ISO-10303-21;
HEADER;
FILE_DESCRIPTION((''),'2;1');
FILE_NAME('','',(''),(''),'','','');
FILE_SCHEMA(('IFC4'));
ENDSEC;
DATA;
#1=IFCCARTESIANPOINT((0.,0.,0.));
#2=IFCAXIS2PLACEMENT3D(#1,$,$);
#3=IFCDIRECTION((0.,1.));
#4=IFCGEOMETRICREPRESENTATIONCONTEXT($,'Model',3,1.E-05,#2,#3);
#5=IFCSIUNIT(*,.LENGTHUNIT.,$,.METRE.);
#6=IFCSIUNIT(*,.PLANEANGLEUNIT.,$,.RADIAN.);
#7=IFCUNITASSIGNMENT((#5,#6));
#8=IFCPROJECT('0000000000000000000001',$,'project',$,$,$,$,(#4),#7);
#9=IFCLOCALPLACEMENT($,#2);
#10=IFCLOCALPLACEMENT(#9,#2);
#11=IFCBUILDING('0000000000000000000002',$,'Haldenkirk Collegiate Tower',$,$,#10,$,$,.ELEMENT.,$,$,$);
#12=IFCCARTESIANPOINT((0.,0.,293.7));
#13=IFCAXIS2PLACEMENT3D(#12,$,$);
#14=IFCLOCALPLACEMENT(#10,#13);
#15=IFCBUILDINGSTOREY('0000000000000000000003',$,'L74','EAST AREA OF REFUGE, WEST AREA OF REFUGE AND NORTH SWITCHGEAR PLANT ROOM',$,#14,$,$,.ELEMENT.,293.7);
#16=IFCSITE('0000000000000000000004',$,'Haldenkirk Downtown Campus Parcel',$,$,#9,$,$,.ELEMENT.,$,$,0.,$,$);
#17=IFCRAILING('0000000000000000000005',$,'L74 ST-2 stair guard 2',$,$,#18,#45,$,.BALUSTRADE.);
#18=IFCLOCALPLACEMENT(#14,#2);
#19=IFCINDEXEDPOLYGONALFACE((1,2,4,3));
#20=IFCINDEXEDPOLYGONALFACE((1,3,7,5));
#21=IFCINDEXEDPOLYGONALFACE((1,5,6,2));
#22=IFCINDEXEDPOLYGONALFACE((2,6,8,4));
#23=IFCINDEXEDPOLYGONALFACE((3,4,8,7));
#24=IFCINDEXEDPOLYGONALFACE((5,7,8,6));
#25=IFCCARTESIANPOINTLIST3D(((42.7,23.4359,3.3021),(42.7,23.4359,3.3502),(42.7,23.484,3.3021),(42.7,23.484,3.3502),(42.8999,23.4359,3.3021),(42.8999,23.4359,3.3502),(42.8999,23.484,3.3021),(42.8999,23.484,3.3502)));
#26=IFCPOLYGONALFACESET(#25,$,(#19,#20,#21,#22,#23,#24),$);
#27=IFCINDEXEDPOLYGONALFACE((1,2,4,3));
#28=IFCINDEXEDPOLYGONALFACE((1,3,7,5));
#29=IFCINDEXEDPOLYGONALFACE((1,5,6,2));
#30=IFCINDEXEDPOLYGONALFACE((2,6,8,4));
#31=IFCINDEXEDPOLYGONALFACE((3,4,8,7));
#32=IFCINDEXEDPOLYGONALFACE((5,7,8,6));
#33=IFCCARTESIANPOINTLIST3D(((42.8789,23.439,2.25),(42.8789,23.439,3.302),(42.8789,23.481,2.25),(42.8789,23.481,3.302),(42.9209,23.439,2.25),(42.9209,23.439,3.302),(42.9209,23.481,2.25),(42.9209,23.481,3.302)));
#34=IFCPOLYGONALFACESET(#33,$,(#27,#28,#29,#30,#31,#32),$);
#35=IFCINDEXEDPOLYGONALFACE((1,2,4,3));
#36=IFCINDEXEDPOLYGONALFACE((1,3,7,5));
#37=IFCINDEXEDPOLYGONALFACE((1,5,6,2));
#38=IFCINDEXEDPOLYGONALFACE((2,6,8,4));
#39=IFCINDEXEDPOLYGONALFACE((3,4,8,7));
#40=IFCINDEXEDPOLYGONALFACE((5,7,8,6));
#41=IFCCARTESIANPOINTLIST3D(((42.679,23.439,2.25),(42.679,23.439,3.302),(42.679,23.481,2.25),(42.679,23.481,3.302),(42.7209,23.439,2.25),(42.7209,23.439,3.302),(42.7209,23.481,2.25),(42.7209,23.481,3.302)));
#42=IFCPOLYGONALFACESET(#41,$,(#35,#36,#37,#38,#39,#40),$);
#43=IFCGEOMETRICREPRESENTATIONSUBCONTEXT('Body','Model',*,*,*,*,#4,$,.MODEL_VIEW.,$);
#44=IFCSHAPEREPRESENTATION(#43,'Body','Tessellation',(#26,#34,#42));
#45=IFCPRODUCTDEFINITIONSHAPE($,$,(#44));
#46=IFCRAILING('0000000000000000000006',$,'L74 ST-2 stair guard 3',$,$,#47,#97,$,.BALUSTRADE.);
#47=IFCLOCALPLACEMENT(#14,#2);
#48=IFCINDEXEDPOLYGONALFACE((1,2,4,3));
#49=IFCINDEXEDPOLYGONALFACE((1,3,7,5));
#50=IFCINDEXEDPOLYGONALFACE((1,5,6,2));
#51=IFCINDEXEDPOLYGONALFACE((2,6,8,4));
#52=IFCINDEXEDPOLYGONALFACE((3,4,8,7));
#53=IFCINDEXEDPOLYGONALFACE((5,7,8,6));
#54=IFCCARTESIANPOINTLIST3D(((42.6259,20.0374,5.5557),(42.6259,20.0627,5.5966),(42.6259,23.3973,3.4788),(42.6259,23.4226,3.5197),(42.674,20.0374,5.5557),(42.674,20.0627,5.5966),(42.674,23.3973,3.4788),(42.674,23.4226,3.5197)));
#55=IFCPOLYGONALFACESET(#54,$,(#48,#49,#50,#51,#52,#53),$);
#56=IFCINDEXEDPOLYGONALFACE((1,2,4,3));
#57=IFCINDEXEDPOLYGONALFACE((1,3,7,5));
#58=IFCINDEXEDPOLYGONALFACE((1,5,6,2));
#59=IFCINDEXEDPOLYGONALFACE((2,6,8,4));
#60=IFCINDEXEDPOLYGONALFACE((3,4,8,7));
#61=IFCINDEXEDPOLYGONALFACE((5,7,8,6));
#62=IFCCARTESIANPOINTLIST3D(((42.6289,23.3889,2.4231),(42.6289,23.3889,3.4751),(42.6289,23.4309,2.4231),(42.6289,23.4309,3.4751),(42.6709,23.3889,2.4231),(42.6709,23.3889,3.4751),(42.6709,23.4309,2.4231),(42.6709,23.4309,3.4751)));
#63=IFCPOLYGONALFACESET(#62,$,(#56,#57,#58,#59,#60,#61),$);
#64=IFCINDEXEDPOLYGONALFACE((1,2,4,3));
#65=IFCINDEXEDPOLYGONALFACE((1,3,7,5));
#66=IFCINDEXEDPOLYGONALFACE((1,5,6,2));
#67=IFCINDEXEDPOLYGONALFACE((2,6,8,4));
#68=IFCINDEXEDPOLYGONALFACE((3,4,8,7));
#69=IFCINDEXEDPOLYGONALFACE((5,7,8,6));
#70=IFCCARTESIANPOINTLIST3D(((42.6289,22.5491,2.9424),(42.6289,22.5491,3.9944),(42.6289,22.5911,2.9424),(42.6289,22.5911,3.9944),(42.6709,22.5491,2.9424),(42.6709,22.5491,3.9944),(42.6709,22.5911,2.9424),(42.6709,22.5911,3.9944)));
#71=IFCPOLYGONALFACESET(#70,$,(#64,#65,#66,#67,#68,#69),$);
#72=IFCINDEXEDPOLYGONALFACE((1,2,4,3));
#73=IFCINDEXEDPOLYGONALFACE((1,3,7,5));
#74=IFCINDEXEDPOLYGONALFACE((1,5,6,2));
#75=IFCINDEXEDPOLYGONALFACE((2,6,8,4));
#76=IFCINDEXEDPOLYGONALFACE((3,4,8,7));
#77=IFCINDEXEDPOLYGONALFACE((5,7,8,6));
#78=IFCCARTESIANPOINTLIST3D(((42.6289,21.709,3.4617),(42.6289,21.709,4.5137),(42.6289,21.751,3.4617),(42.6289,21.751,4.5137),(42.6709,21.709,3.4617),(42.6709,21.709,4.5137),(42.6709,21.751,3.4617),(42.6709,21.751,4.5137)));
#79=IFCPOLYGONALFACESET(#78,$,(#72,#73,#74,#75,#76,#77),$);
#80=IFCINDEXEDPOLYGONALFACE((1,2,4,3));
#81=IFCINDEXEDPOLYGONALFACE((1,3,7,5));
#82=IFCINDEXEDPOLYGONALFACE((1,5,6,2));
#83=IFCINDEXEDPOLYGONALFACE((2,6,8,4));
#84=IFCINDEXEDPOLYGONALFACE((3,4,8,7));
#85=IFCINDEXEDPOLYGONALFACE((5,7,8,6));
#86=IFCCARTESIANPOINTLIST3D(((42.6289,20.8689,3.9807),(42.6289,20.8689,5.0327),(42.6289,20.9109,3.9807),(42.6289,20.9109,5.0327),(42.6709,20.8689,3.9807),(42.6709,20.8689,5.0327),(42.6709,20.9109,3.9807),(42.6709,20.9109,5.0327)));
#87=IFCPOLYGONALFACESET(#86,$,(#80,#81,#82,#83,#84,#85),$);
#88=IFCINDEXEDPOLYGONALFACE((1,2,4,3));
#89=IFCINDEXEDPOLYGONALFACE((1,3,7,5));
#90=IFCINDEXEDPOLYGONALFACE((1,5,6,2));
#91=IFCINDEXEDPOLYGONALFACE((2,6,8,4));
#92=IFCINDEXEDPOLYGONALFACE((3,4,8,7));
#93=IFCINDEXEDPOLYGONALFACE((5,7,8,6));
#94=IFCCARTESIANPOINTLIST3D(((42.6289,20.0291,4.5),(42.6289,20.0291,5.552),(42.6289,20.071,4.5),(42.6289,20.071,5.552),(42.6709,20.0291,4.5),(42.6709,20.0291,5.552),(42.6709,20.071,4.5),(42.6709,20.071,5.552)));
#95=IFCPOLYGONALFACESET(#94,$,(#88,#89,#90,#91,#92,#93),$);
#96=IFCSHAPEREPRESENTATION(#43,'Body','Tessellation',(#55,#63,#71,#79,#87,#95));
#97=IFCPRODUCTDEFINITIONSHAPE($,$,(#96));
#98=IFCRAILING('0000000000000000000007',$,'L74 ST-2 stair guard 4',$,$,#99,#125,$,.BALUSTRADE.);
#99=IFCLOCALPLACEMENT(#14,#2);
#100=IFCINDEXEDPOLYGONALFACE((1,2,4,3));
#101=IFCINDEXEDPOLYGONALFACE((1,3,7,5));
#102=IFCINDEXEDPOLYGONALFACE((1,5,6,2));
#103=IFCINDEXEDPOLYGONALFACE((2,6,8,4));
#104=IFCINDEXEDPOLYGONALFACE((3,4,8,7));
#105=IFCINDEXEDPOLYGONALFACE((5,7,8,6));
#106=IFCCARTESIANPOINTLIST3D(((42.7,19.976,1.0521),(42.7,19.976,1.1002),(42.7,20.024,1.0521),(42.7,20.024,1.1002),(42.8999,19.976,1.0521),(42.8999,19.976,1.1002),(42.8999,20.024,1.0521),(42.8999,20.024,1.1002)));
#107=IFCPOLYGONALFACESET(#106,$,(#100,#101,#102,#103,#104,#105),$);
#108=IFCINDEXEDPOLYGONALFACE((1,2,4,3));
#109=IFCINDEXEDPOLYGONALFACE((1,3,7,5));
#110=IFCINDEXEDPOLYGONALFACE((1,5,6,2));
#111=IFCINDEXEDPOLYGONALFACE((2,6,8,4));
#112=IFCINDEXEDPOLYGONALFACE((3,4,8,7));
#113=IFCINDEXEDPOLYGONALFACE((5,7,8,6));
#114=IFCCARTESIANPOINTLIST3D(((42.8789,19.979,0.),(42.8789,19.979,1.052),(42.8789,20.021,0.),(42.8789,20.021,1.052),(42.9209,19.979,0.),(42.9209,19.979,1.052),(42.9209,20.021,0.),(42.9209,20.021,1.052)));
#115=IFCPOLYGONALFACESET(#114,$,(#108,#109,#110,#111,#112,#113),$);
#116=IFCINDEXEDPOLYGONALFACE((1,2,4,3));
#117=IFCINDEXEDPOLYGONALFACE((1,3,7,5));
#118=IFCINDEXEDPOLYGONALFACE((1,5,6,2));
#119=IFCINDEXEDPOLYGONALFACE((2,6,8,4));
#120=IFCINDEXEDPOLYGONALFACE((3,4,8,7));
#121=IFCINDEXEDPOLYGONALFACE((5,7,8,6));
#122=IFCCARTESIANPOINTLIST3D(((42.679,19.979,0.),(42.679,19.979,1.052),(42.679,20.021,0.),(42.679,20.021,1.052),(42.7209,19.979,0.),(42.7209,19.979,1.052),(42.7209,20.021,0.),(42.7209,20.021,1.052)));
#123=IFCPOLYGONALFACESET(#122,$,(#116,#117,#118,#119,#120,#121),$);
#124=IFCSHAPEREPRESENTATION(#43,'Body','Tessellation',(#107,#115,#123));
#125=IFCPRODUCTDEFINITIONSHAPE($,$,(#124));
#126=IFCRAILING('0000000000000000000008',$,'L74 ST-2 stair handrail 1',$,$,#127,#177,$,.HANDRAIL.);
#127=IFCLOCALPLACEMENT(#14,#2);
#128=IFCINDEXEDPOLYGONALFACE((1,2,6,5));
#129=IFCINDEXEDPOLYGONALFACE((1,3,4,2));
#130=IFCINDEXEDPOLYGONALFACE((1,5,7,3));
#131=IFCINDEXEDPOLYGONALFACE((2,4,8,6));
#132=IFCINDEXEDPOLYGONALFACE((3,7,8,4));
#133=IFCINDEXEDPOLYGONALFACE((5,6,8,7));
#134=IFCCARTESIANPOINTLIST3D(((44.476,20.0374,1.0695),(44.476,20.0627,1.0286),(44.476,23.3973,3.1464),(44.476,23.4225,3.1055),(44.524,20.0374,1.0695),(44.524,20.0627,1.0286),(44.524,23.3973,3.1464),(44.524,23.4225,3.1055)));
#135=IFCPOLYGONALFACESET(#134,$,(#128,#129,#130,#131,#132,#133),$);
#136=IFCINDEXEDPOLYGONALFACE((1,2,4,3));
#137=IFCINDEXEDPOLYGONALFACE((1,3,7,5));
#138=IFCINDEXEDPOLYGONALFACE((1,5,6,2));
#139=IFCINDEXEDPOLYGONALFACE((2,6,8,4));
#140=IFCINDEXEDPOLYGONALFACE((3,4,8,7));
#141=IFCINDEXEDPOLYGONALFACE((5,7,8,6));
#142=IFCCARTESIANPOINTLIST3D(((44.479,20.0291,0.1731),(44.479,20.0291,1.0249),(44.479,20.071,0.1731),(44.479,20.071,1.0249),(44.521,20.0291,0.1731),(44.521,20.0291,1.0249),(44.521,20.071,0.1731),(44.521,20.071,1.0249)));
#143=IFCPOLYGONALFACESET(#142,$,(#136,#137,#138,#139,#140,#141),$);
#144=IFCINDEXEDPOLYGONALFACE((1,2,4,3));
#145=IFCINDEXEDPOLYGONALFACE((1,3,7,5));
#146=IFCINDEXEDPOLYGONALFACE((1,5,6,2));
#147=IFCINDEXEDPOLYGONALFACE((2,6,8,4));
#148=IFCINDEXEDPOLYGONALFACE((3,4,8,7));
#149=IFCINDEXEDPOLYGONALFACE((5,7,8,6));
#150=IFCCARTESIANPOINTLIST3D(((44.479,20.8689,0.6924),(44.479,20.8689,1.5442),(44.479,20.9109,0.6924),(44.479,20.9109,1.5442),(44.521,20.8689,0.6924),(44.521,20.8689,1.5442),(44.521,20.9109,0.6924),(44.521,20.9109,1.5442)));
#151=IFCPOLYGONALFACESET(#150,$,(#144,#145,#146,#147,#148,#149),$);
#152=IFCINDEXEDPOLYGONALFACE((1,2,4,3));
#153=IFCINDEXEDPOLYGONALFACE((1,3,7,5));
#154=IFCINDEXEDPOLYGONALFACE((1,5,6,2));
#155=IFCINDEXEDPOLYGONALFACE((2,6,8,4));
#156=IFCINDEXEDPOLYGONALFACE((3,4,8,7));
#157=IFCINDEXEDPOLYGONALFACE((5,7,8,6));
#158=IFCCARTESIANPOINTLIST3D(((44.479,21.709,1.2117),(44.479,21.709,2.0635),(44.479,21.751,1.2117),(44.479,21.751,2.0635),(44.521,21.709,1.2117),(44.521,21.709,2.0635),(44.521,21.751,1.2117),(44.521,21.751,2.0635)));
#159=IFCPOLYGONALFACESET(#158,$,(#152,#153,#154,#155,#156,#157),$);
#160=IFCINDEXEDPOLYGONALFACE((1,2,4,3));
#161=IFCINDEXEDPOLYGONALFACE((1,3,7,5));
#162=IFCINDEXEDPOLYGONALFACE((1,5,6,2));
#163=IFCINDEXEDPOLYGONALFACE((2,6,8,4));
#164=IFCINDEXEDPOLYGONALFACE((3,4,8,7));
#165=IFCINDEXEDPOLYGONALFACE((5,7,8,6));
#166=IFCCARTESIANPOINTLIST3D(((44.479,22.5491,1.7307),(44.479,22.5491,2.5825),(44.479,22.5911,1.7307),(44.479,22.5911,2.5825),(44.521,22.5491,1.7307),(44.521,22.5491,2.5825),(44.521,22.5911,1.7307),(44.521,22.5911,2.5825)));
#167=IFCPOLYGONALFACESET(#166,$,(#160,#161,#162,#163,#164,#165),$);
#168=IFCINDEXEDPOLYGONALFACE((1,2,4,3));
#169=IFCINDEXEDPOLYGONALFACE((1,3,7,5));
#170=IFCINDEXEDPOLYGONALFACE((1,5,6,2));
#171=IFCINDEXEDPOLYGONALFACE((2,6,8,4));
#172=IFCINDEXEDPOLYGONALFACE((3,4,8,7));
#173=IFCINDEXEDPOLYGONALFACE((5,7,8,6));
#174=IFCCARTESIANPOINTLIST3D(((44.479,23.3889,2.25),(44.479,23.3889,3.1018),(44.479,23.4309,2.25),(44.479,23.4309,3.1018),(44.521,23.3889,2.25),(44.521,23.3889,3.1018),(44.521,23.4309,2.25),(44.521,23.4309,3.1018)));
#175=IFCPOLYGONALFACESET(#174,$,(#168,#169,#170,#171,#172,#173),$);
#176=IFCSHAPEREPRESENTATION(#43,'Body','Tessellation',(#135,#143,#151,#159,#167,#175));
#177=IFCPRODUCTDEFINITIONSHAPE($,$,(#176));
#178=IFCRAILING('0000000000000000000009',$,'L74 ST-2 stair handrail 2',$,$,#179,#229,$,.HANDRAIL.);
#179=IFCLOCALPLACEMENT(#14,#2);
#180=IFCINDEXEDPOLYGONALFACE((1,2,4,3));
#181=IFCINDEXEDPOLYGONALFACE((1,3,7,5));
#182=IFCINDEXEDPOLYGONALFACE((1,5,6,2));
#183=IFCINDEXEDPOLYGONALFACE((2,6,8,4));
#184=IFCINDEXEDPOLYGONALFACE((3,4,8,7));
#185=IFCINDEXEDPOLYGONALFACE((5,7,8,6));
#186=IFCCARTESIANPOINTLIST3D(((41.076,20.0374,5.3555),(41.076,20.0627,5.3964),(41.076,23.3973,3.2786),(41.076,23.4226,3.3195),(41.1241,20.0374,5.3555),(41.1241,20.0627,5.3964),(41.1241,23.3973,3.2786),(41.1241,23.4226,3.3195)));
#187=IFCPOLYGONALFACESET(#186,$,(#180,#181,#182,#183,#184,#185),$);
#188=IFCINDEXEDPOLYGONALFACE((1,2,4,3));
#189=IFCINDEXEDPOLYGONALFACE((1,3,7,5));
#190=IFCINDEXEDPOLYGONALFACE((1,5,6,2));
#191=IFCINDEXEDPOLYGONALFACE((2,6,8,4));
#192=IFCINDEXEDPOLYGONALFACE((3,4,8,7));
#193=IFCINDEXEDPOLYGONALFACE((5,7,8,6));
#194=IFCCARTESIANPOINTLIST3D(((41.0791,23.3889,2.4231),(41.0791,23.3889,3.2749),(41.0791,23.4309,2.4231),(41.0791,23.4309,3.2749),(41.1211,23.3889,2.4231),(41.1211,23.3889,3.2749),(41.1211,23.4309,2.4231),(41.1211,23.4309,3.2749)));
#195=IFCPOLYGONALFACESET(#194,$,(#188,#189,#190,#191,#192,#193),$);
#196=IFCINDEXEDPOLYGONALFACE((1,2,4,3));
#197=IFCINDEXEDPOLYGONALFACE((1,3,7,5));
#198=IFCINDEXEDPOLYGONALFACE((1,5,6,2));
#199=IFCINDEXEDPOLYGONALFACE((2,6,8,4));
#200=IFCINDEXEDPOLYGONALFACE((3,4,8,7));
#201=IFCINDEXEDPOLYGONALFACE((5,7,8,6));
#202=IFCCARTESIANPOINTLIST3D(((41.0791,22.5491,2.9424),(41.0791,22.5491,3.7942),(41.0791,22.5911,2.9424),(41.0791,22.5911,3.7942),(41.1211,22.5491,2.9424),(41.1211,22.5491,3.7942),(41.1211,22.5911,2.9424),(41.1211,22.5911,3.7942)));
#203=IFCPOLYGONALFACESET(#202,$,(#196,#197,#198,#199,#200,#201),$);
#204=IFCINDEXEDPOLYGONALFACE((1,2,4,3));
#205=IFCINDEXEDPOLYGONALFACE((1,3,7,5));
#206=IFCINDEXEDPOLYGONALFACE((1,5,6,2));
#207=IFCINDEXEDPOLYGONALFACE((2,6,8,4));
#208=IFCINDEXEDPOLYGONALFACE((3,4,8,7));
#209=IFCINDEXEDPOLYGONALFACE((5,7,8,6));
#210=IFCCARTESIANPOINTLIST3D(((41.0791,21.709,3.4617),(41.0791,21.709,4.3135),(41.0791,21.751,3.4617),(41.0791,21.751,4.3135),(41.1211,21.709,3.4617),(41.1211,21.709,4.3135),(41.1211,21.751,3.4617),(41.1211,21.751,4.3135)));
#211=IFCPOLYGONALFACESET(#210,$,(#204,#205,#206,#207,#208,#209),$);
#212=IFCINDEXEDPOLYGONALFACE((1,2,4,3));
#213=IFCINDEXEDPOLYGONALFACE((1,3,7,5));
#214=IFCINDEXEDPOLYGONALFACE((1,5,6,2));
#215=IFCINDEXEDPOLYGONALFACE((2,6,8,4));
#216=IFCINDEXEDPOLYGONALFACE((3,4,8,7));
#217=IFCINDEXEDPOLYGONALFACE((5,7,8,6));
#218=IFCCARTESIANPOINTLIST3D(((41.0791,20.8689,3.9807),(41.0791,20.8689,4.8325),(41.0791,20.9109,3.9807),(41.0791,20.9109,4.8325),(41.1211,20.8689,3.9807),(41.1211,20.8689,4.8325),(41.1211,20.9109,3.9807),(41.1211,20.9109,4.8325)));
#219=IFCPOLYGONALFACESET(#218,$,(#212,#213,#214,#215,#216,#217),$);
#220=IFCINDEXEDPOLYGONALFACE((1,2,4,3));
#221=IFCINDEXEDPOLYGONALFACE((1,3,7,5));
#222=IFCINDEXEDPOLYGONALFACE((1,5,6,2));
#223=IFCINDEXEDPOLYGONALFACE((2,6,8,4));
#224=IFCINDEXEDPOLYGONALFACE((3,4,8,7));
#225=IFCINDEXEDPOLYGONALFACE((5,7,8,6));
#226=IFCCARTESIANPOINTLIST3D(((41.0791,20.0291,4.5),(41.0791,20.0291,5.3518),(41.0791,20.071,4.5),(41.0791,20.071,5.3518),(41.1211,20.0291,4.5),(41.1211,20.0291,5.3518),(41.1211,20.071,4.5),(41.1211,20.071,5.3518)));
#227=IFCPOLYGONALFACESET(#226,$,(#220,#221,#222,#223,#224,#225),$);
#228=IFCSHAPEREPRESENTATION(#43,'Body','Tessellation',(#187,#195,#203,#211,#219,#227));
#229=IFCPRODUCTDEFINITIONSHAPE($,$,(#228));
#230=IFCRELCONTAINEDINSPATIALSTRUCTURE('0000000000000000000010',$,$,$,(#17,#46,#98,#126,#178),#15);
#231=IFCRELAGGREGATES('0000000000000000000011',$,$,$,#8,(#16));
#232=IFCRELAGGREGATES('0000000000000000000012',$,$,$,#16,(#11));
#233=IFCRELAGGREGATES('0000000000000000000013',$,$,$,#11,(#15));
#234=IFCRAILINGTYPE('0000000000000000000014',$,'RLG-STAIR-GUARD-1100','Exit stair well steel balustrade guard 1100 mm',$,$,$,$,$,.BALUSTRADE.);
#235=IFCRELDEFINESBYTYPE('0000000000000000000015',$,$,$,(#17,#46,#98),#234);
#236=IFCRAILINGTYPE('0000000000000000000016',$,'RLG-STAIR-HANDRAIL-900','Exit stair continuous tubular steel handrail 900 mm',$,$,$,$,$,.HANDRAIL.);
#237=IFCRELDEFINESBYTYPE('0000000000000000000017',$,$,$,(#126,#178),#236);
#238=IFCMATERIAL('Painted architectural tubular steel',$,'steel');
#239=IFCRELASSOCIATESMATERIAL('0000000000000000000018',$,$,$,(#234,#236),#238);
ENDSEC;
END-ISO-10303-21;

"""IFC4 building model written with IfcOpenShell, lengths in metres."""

from ifc_helpers import new_model, si_unit, direction, frame, origin, origin_2d, place, context, subcontext, project, spatial, rectangle, extrude, material, type_object, element, save


model = new_model("IFC4")

# Units and contexts
model_context = context("Model", 3, precision=1e-05, world=origin(), true_north=direction((0.0, 1.0)))
body_context = subcontext(model_context, "Body", "Model", "MODEL_VIEW")
ifc_project = project(units=[si_unit("LENGTHUNIT", "METRE"), si_unit("PLANEANGLEUNIT", "RADIAN")], contexts=[model_context])

# Site, building, storey
site_placement = place(None, origin())
site = spatial("IfcSite", under=ifc_project, at=site_placement, Name="Haldenkirk Downtown Campus Parcel", CompositionType="ELEMENT", RefElevation=0.0)
building_placement = place(site_placement, origin())
building = spatial("IfcBuilding", under=site, at=building_placement, Name="Haldenkirk Collegiate Tower", CompositionType="ELEMENT")
storey_placement = place(building_placement, frame((0.0, 0.0, 293.7)))
storey = spatial("IfcBuildingStorey", under=building, at=storey_placement, Name="L74", Description="EAST AREA OF REFUGE, WEST AREA OF REFUGE AND NORTH SWITCHGEAR PLANT ROOM", CompositionType="ELEMENT", Elevation=293.7)

# Railings
ifc_material_1 = material(Name="Painted architectural tubular steel", Category="steel")
railing_type_1 = type_object("IfcRailingType", Name="RLG-STAIR-GUARD-1100", Description="Exit stair well steel balustrade guard 1100 mm", PredefinedType="BALUSTRADE", material=ifc_material_1)
railing_1_placement = place(storey_placement, frame((42.8999, 23.46, 2.25)))
element("IfcRailing", 1, at=railing_1_placement, inside=storey, type_object=railing_type_1, Name="L74 ST-2 stair guard 2", PredefinedType="BALUSTRADE", context=body_context, shape_type="SweptSolid", body=[
    extrude(rectangle(XDim=0.0481, YDim=0.0481, at=origin_2d()), frame((0.0, 0.0, 1.0762), z_axis=(-1.0, 0.0, 0.0), x_axis=(0.0, -1.0, 0.0)), (0.0, 0.0, 1.0), 0.2),
    extrude(rectangle(XDim=0.042, YDim=0.042, at=origin_2d()), origin(), (0.0, 0.0, 1.0), 1.052),
    extrude(rectangle(XDim=0.042, YDim=0.042, at=origin_2d()), frame((-0.2, 0.0, 0.0)), (0.0, 0.0, 1.0), 1.052),
])
railing_2_placement = place(storey_placement, frame((42.6499, 23.4099, 2.4231)))
element("IfcRailing", 2, at=railing_2_placement, inside=storey, type_object=railing_type_1, Name="L74 ST-2 stair guard 3", PredefinedType="BALUSTRADE", context=body_context, shape_type="SweptSolid", body=[
    extrude(rectangle(XDim=0.0481, YDim=0.0481, at=origin_2d()), frame((0.0, 0.0, 1.0762), z_axis=(0.0, -0.850606, 0.525803), x_axis=(1.0, 0.0, 0.0)), (0.0, 0.0, 1.0), 3.95),
    extrude(rectangle(XDim=0.042, YDim=0.042, at=origin_2d()), origin(), (0.0, 0.0, 1.0), 1.052),
    extrude(rectangle(XDim=0.042, YDim=0.042, at=origin_2d()), frame((0.0, -0.8398, 0.5193)), (0.0, 0.0, 1.0), 1.052),
    extrude(rectangle(XDim=0.042, YDim=0.042, at=origin_2d()), frame((0.0, -1.6799, 1.0386)), (0.0, 0.0, 1.0), 1.052),
    extrude(rectangle(XDim=0.042, YDim=0.042, at=origin_2d()), frame((0.0, -2.52, 1.5576)), (0.0, 0.0, 1.0), 1.052),
    extrude(rectangle(XDim=0.042, YDim=0.042, at=origin_2d()), frame((0.0, -3.3599, 2.0769)), (0.0, 0.0, 1.0), 1.052),
])
railing_3_placement = place(storey_placement, frame((42.8999, 20.0, 0.0)))
element("IfcRailing", 3, at=railing_3_placement, inside=storey, type_object=railing_type_1, Name="L74 ST-2 stair guard 4", PredefinedType="BALUSTRADE", context=body_context, shape_type="SweptSolid", body=[
    extrude(rectangle(XDim=0.0481, YDim=0.0481, at=origin_2d()), frame((0.0, 0.0, 1.0762), z_axis=(-1.0, 0.0, 0.0), x_axis=(0.0, -1.0, 0.0)), (0.0, 0.0, 1.0), 0.2),
    extrude(rectangle(XDim=0.042, YDim=0.042, at=origin_2d()), origin(), (0.0, 0.0, 1.0), 1.052),
    extrude(rectangle(XDim=0.042, YDim=0.042, at=origin_2d()), frame((-0.2, 0.0, 0.0)), (0.0, 0.0, 1.0), 1.052),
])
railing_type_2 = type_object("IfcRailingType", Name="RLG-STAIR-HANDRAIL-900", Description="Exit stair continuous tubular steel handrail 900 mm", PredefinedType="HANDRAIL", material=ifc_material_1)
railing_4_placement = place(storey_placement, frame((44.5, 20.05, 0.1731)))
element("IfcRailing", 4, at=railing_4_placement, inside=storey, type_object=railing_type_2, Name="L74 ST-2 stair handrail 1", PredefinedType="HANDRAIL", context=body_context, shape_type="SweptSolid", body=[
    extrude(rectangle(XDim=0.0481, YDim=0.0481, at=origin_2d()), frame((0.0, 0.0, 0.876), z_axis=(0.0, 0.850606, 0.525803), x_axis=(-1.0, 0.0, 0.0)), (0.0, 0.0, 1.0), 3.95),
    extrude(rectangle(XDim=0.042, YDim=0.042, at=origin_2d()), origin(), (0.0, 0.0, 1.0), 0.8518),
    extrude(rectangle(XDim=0.042, YDim=0.042, at=origin_2d()), frame((0.0, 0.8398, 0.5193)), (0.0, 0.0, 1.0), 0.8518),
    extrude(rectangle(XDim=0.042, YDim=0.042, at=origin_2d()), frame((0.0, 1.6799, 1.0386)), (0.0, 0.0, 1.0), 0.8518),
    extrude(rectangle(XDim=0.042, YDim=0.042, at=origin_2d()), frame((0.0, 2.52, 1.5576)), (0.0, 0.0, 1.0), 0.8518),
    extrude(rectangle(XDim=0.042, YDim=0.042, at=origin_2d()), frame((0.0, 3.3599, 2.0769)), (0.0, 0.0, 1.0), 0.8518),
])
railing_5_placement = place(storey_placement, frame((41.1001, 23.4099, 2.4231)))
element("IfcRailing", 5, at=railing_5_placement, inside=storey, type_object=railing_type_2, Name="L74 ST-2 stair handrail 2", PredefinedType="HANDRAIL", context=body_context, shape_type="SweptSolid", body=[
    extrude(rectangle(XDim=0.0481, YDim=0.0481, at=origin_2d()), frame((0.0, 0.0, 0.876), z_axis=(0.0, -0.850606, 0.525803), x_axis=(1.0, 0.0, 0.0)), (0.0, 0.0, 1.0), 3.95),
    extrude(rectangle(XDim=0.042, YDim=0.042, at=origin_2d()), origin(), (0.0, 0.0, 1.0), 0.8518),
    extrude(rectangle(XDim=0.042, YDim=0.042, at=origin_2d()), frame((0.0, -0.8398, 0.5193)), (0.0, 0.0, 1.0), 0.8518),
    extrude(rectangle(XDim=0.042, YDim=0.042, at=origin_2d()), frame((0.0, -1.6799, 1.0386)), (0.0, 0.0, 1.0), 0.8518),
    extrude(rectangle(XDim=0.042, YDim=0.042, at=origin_2d()), frame((0.0, -2.52, 1.5576)), (0.0, 0.0, 1.0), 0.8518),
    extrude(rectangle(XDim=0.042, YDim=0.042, at=origin_2d()), frame((0.0, -3.3599, 2.0769)), (0.0, 0.0, 1.0), 0.8518),
])

save(model, "model.ifc")
